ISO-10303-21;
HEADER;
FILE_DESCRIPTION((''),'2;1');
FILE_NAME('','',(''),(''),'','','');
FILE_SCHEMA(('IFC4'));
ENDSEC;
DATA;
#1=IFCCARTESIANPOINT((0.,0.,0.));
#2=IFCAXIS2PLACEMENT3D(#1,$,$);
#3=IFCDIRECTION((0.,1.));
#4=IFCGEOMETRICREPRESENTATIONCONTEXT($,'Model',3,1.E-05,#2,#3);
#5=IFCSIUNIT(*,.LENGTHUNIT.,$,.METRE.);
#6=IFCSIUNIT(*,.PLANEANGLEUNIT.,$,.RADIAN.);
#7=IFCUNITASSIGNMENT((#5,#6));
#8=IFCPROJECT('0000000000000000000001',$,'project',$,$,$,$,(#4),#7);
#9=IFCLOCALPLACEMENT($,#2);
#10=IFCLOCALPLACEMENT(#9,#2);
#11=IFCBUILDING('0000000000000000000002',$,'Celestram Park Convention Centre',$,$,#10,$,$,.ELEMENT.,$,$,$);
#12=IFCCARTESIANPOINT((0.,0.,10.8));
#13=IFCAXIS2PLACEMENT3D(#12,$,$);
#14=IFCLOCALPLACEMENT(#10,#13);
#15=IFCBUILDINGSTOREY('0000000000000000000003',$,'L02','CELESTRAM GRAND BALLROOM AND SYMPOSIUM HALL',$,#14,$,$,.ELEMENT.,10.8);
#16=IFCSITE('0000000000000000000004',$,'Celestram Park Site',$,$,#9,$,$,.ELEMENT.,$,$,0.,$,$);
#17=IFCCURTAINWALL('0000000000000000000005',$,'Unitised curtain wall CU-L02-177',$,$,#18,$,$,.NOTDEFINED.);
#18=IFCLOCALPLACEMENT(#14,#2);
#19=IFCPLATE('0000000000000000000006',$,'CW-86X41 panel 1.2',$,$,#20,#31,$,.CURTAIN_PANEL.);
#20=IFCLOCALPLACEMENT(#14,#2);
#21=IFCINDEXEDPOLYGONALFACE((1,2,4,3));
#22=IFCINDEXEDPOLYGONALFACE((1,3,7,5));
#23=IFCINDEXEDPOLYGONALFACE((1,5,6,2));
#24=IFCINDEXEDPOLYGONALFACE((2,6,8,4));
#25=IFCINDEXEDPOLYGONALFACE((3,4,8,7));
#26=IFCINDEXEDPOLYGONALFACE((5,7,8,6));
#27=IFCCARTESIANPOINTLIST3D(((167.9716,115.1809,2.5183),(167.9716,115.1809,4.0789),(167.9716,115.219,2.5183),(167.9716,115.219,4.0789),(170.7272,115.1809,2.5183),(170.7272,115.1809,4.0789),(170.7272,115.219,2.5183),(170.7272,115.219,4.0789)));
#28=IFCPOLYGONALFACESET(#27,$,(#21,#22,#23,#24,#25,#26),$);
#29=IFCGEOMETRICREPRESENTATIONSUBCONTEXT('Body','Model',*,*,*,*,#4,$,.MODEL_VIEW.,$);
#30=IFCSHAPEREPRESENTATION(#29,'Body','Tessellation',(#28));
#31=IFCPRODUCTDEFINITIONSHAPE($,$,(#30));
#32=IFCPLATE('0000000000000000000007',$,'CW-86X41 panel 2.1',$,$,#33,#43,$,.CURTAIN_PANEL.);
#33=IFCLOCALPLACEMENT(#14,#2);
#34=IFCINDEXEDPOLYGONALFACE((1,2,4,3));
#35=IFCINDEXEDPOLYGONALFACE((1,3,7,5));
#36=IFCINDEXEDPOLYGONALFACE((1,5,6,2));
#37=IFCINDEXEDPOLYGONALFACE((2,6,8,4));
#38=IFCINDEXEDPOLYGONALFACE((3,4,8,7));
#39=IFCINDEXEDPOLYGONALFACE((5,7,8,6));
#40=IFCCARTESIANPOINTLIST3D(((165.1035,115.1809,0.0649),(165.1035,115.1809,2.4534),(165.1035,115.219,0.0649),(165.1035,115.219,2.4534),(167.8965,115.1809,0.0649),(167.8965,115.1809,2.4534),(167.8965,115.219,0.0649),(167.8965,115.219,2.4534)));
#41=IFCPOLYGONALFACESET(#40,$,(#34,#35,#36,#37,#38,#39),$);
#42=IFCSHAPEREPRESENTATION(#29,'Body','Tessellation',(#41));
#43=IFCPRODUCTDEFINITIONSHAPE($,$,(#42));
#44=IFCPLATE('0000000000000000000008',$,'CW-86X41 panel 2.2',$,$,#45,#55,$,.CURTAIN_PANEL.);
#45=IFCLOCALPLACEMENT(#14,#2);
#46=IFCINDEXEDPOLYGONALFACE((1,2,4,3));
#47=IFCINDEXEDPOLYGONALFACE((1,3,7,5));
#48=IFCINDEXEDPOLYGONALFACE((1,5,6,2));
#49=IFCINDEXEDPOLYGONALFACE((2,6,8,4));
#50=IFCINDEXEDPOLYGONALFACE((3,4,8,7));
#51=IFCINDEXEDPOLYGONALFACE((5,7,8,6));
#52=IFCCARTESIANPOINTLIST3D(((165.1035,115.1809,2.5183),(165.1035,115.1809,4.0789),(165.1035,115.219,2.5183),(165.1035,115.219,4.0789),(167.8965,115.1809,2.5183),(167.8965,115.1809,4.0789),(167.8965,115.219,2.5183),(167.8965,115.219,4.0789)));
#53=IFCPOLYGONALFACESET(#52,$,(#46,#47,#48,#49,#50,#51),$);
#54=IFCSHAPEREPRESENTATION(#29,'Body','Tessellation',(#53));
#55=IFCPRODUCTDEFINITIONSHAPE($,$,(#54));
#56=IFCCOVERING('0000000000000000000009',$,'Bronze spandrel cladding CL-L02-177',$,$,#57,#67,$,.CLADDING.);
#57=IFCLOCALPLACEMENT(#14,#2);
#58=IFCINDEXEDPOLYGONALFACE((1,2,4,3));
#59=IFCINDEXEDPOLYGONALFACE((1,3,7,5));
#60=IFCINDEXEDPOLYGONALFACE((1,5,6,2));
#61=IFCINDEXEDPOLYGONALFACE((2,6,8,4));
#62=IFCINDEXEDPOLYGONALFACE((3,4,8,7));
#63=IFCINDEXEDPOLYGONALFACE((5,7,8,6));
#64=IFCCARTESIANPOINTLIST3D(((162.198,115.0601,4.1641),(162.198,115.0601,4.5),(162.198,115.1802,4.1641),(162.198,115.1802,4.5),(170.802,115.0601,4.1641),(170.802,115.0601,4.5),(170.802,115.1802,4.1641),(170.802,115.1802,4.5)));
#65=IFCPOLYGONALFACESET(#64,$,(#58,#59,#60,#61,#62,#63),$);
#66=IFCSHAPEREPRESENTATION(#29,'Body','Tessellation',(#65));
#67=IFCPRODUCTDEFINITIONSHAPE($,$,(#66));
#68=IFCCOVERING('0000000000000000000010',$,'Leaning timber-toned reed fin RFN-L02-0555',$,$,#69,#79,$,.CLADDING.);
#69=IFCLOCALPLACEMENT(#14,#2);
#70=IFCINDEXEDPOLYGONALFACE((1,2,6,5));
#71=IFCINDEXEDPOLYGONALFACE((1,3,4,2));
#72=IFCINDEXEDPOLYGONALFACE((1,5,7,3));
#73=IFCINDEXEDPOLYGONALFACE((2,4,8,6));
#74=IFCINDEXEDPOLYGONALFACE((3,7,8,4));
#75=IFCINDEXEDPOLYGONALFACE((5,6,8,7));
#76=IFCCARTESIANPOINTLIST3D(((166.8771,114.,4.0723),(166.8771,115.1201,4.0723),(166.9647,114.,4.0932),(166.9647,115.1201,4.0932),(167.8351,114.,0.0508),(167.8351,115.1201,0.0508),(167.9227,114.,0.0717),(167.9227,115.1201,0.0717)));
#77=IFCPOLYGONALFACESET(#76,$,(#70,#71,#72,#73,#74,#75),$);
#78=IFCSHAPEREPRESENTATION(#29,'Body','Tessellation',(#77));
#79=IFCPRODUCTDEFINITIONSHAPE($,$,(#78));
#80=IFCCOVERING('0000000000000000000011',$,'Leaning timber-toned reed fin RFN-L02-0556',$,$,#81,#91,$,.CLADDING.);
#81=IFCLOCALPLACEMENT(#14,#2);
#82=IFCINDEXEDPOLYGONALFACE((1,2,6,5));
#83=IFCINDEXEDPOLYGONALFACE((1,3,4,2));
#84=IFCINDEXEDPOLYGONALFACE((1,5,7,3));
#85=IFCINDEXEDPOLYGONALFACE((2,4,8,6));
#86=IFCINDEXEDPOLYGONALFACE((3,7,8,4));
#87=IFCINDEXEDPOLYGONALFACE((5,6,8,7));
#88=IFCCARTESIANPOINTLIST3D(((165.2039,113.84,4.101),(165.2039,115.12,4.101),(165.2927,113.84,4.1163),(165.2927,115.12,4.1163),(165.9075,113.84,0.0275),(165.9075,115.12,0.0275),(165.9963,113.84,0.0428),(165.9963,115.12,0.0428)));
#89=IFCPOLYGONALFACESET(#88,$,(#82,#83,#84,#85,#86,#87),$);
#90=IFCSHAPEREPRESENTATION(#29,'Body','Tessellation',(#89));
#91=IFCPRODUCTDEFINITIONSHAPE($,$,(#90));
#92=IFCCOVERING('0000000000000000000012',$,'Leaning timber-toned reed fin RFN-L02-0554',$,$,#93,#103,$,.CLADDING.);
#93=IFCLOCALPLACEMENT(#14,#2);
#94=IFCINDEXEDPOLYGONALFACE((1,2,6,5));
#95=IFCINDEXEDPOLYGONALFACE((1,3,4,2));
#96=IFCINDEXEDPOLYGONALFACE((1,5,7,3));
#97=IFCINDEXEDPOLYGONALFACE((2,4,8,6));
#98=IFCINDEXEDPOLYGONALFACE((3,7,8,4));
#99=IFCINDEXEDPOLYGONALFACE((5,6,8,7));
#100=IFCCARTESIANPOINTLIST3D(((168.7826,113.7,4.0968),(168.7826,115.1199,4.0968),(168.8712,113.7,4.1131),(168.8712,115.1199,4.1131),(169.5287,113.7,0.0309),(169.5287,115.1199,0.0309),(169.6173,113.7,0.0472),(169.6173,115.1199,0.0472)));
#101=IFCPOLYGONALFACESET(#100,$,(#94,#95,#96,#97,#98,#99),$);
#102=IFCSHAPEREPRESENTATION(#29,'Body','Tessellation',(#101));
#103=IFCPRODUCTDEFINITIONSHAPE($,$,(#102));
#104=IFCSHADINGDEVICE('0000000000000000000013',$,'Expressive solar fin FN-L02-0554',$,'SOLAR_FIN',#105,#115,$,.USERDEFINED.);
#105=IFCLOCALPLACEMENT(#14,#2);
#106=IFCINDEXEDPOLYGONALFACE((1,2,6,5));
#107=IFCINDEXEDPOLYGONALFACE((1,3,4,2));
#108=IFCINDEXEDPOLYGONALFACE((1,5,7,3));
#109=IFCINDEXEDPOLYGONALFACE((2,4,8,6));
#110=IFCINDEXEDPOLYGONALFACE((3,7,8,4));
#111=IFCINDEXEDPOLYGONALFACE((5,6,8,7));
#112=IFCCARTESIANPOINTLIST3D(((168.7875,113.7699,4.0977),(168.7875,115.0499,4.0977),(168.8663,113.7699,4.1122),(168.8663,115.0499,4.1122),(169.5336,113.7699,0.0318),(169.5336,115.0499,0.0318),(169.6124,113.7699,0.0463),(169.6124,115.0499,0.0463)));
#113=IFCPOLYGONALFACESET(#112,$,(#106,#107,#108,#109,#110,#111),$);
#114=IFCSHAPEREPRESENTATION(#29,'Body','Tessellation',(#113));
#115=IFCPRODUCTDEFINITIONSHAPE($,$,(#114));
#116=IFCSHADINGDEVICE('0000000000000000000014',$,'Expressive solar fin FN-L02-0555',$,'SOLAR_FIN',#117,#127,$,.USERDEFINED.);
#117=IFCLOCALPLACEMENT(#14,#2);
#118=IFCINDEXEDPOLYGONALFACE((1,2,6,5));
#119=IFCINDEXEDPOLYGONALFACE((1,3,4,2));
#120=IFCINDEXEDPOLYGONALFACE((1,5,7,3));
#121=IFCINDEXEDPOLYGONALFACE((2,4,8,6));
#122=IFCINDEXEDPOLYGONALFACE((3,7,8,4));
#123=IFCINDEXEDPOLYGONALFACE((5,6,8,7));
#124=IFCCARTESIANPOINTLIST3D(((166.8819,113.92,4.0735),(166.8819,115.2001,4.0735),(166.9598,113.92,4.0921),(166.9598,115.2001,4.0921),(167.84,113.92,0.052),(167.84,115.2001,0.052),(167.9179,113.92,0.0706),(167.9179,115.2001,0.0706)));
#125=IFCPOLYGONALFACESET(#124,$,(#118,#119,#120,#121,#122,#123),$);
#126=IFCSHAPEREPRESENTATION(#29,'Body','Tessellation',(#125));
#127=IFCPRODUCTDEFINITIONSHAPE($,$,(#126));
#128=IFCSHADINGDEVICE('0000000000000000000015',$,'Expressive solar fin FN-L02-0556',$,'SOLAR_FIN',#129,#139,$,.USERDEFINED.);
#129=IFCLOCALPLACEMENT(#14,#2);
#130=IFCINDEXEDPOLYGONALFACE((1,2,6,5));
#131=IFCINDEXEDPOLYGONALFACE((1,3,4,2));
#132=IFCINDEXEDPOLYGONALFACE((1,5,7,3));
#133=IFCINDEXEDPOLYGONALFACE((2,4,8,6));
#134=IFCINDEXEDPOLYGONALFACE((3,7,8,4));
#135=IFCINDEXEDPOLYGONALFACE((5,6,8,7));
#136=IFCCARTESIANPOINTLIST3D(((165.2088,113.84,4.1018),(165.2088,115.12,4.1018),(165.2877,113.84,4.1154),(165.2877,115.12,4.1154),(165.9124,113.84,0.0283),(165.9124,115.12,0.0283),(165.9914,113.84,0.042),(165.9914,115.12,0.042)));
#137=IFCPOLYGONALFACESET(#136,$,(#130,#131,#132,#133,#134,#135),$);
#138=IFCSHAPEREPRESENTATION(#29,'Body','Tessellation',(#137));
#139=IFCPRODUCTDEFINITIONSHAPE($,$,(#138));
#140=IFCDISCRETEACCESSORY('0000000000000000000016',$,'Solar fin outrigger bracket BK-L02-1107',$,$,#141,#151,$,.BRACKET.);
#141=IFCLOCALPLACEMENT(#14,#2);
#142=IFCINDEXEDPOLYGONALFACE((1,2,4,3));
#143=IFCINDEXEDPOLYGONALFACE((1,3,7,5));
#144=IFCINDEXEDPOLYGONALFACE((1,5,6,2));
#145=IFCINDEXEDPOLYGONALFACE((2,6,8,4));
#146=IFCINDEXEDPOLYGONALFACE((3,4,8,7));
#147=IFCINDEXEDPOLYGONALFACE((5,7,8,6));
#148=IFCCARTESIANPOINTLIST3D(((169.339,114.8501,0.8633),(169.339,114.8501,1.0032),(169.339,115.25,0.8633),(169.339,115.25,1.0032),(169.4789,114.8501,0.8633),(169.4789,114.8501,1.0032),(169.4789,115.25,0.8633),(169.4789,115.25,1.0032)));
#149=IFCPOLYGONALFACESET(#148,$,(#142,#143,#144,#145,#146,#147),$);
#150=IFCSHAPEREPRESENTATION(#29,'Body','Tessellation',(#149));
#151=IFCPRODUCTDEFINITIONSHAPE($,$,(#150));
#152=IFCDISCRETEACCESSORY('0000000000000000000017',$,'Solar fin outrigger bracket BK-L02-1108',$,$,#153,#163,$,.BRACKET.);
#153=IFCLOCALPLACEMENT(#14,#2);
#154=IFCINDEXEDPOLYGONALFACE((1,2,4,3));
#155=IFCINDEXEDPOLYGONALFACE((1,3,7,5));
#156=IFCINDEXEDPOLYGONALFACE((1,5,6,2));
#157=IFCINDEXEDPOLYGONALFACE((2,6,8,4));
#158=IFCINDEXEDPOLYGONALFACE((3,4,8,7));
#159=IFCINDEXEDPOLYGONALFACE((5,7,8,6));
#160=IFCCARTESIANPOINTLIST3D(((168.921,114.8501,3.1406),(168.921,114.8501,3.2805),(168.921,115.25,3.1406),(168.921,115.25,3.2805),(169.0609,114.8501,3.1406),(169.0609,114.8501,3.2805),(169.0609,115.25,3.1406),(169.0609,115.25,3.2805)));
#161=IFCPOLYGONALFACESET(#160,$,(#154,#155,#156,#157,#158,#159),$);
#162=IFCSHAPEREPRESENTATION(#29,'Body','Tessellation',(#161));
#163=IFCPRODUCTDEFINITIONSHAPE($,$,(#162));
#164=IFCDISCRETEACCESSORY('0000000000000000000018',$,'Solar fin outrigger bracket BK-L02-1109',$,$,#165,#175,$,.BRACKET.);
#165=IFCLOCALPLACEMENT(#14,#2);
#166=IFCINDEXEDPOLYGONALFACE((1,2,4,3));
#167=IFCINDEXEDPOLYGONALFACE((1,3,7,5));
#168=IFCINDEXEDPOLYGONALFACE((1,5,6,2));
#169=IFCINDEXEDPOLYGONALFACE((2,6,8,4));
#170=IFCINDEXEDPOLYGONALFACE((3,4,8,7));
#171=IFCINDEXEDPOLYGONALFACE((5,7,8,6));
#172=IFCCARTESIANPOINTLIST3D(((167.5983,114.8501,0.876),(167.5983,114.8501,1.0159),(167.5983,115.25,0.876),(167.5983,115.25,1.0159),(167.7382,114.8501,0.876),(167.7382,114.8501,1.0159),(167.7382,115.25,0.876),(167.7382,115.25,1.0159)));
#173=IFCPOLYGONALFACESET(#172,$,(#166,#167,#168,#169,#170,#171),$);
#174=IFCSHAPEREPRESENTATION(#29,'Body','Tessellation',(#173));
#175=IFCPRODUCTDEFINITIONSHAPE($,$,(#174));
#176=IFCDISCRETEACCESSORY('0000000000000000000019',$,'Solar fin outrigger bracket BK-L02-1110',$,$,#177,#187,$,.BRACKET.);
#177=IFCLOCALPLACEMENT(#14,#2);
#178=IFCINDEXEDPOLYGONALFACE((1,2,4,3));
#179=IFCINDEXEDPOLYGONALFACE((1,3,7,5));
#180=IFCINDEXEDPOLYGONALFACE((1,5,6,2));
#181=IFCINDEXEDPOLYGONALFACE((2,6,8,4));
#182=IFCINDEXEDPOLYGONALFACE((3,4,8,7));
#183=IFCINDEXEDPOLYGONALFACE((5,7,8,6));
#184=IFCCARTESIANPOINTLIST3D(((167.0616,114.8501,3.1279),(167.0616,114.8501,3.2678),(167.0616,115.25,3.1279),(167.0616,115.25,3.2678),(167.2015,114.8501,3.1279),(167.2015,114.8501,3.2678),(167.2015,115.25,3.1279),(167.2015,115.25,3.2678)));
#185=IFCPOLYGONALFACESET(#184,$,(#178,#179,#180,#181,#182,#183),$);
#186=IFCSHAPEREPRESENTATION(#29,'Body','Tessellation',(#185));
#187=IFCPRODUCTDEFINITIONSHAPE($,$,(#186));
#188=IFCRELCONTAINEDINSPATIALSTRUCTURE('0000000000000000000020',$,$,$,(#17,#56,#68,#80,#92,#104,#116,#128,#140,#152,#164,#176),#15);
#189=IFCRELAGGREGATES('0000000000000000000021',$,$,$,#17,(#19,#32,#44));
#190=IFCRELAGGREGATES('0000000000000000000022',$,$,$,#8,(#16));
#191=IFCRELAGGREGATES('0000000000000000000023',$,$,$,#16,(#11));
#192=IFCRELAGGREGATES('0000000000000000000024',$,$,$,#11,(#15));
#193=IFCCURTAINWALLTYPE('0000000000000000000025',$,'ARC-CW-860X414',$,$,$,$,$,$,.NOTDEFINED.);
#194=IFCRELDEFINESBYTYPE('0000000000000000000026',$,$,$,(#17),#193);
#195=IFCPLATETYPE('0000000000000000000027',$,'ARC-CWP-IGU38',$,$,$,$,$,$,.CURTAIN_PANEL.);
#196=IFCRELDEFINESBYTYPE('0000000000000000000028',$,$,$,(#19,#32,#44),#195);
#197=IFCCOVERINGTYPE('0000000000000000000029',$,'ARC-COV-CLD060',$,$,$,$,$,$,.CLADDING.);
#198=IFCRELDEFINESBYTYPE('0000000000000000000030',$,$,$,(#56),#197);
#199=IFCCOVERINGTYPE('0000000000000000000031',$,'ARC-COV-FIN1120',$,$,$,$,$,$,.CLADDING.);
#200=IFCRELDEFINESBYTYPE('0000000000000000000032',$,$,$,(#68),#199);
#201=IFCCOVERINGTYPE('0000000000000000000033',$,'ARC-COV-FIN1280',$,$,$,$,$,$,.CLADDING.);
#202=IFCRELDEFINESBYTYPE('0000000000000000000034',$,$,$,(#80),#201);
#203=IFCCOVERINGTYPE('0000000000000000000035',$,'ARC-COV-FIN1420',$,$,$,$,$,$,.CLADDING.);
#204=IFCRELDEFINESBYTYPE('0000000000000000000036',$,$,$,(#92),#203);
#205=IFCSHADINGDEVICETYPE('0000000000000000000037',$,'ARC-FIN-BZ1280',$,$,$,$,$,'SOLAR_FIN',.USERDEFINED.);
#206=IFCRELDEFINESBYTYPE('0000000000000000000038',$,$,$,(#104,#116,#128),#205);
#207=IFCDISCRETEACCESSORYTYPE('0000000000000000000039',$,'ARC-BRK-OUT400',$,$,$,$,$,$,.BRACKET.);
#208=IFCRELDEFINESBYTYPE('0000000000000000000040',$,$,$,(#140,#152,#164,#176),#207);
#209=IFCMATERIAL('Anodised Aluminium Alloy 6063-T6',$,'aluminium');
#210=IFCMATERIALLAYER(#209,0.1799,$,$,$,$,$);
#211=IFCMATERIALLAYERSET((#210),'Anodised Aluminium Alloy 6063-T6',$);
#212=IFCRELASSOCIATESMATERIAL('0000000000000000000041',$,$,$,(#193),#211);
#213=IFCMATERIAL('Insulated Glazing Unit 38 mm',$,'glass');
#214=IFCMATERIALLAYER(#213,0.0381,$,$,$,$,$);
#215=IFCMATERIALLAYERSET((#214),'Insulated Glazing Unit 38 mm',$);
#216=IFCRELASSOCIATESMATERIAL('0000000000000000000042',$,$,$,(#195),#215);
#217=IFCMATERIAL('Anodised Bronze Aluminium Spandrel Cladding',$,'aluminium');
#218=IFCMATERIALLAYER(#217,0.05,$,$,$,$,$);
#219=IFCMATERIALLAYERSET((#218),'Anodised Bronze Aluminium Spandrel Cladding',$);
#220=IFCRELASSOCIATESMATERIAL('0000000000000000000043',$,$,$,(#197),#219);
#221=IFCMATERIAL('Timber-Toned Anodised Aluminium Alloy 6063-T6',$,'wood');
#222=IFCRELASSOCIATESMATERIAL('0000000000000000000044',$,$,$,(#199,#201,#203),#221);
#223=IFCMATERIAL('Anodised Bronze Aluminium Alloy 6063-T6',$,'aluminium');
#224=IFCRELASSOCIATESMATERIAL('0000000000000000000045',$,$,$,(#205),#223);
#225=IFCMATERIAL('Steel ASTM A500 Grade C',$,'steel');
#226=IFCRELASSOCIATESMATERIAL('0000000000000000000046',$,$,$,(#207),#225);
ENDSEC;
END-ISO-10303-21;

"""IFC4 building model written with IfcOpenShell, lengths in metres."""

from ifc_helpers import new_model, si_unit, direction, frame, origin, origin_2d, place, context, subcontext, project, spatial, rectangle, extrude, material, layer, layer_set, material_profile, profile_set, type_object, element, aggregate, save


model = new_model("IFC4")

# Units and contexts
model_context = context("Model", 3, precision=1e-05, world=origin(), true_north=direction((0.0, 1.0)))
body_context = subcontext(model_context, "Body", "Model", "MODEL_VIEW")
ifc_project = project(units=[si_unit("LENGTHUNIT", "METRE"), si_unit("PLANEANGLEUNIT", "RADIAN")], contexts=[model_context])

# Site, building, storey
site_placement = place(None, origin())
site = spatial("IfcSite", under=ifc_project, at=site_placement, Name="Celestram Park Site", CompositionType="ELEMENT", RefElevation=0.0)
building_placement = place(site_placement, origin())
building = spatial("IfcBuilding", under=site, at=building_placement, Name="Celestram Park Convention Centre", CompositionType="ELEMENT")
storey_placement = place(building_placement, frame((0.0, 0.0, 10.8)))
storey = spatial("IfcBuildingStorey", under=building, at=storey_placement, Name="L02", Description="CELESTRAM GRAND BALLROOM AND SYMPOSIUM HALL", CompositionType="ELEMENT", Elevation=10.8)

# Shared definitions
ifc_material_1 = material(Name="Steel ASTM A500 Grade C", Category="steel")

# Shared definitions
ifc_material_2 = material(Name="Anodised Aluminium Alloy 6063-T6", Category="aluminium")
ifc_layer_1 = layer(ifc_material_2, 0.1799)
ifc_layer_set_1 = layer_set([ifc_layer_1], Name="Anodised Aluminium Alloy 6063-T6")
curtain_wall_type = type_object("IfcCurtainWallType", Name="ARC-CW-860X414", PredefinedType="NOTDEFINED", material=ifc_layer_set_1)

# Curtain wall, plates
curtain_wall_1_placement = place(storey_placement, origin())
curtain_wall_1 = element("IfcCurtainWall", 1, at=curtain_wall_1_placement, inside=storey, type_object=curtain_wall_type, Name="Unitised curtain wall CU-L02-177", PredefinedType="NOTDEFINED")
ifc_material_3 = material(Name="Insulated Glazing Unit 38 mm", Category="glass")
ifc_layer_2 = layer(ifc_material_3, 0.0381)
ifc_layer_set_2 = layer_set([ifc_layer_2], Name="Insulated Glazing Unit 38 mm")
plate_type = type_object("IfcPlateType", Name="ARC-CWP-IGU38", PredefinedType="CURTAIN_PANEL", material=ifc_layer_set_2)
plate_1_placement = place(storey_placement, frame((169.3494, 115.2, 2.5183), z_axis=(0.0, 0.0, 1.0), x_axis=(-1.0, 0.0, 0.0)))
plate_1 = element("IfcPlate", 2, at=plate_1_placement, type_object=plate_type, Name="CW-86X41 panel 1.2", PredefinedType="CURTAIN_PANEL", context=body_context, shape_type="SweptSolid", body=[
    extrude(rectangle(XDim=2.7556, YDim=0.0381, at=origin_2d()), origin(), (0.0, 0.0, 1.0), 1.5605),
])
plate_2_placement = place(storey_placement, frame((166.5, 115.2, 0.0649), z_axis=(0.0, 0.0, 1.0), x_axis=(-1.0, 0.0, 0.0)))
plate_2 = element("IfcPlate", 3, at=plate_2_placement, type_object=plate_type, Name="CW-86X41 panel 2.1", PredefinedType="CURTAIN_PANEL", context=body_context, shape_type="SweptSolid", body=[
    extrude(rectangle(XDim=2.793, YDim=0.0381, at=origin_2d()), origin(), (0.0, 0.0, 1.0), 2.3884),
])
plate_3_placement = place(storey_placement, frame((166.5, 115.2, 2.5183), z_axis=(0.0, 0.0, 1.0), x_axis=(-1.0, 0.0, 0.0)))
plate_3 = element("IfcPlate", 4, at=plate_3_placement, type_object=plate_type, Name="CW-86X41 panel 2.2", PredefinedType="CURTAIN_PANEL", context=body_context, shape_type="SweptSolid", body=[
    extrude(rectangle(XDim=2.793, YDim=0.0381, at=origin_2d()), origin(), (0.0, 0.0, 1.0), 1.5605),
])
aggregate(curtain_wall_1, [plate_1, plate_2, plate_3])

# Coverings
ifc_material_4 = material(Name="Anodised Bronze Aluminium Spandrel Cladding", Category="aluminium")
ifc_layer_3 = layer(ifc_material_4, 0.05)
ifc_layer_set_3 = layer_set([ifc_layer_3], Name="Anodised Bronze Aluminium Spandrel Cladding")
covering_type_1 = type_object("IfcCoveringType", Name="ARC-COV-CLD060", PredefinedType="CLADDING", material=ifc_layer_set_3)
covering_1_placement = place(storey_placement, frame((166.5, 115.1201, 4.1641), z_axis=(0.0, 0.0, 1.0), x_axis=(-1.0, 0.0, 0.0)))
element("IfcCovering", 5, at=covering_1_placement, inside=storey, type_object=covering_type_1, Name="Bronze spandrel cladding CL-L02-177", PredefinedType="CLADDING", context=body_context, shape_type="SweptSolid", body=[
    extrude(rectangle(XDim=8.604, YDim=0.1201, at=origin_2d()), origin(), (0.0, 0.0, 1.0), 0.3359),
])
ifc_material_5 = material(Name="Timber-Toned Anodised Aluminium Alloy 6063-T6", Category="wood")
ifc_material_profile_1 = material_profile(ifc_material_5, rectangle(XDim=1.1201, YDim=0.0901, at=origin_2d()), Name="REED1120X90")
ifc_profile_set_1 = profile_set([ifc_material_profile_1], Name="Timber-Toned Anodised Aluminium Alloy 6063-T6")
covering_type_2 = type_object("IfcCoveringType", Name="ARC-COV-FIN1120", PredefinedType="CLADDING", material=ifc_profile_set_1)
covering_2_placement = place(storey_placement, frame((167.8789, 114.5601, 0.0613), z_axis=(-0.231738, 0.0, 0.972778), x_axis=(0.0, -1.0, 0.0)))
element("IfcCovering", 6, at=covering_2_placement, inside=storey, type_object=covering_type_2, Name="Leaning timber-toned reed fin RFN-L02-0555", PredefinedType="CLADDING", context=body_context, shape_type="SweptSolid", body=[
    extrude(rectangle(XDim=1.1201, YDim=0.0901, at=origin_2d()), origin(), (0.0, 0.0, 1.0), 4.134),
])
ifc_material_profile_2 = material_profile(ifc_material_5, rectangle(XDim=1.28, YDim=0.0901, at=origin_2d()), Name="REED1280X90")
ifc_profile_set_2 = profile_set([ifc_material_profile_2], Name="Timber-Toned Anodised Aluminium Alloy 6063-T6")
covering_type_3 = type_object("IfcCoveringType", Name="ARC-COV-FIN1280", PredefinedType="CLADDING", material=ifc_profile_set_2)
covering_3_placement = place(storey_placement, frame((165.9519, 114.48, 0.0352), z_axis=(-0.17021, 0.0, 0.985408), x_axis=(0.0, -1.0, 0.0)))
element("IfcCovering", 7, at=covering_3_placement, inside=storey, type_object=covering_type_3, Name="Leaning timber-toned reed fin RFN-L02-0556", PredefinedType="CLADDING", context=body_context, shape_type="SweptSolid", body=[
    extrude(rectangle(XDim=1.28, YDim=0.0901, at=origin_2d()), origin(), (0.0, 0.0, 1.0), 4.1338),
])
ifc_material_profile_3 = material_profile(ifc_material_5, rectangle(XDim=1.4199, YDim=0.0901, at=origin_2d()), Name="REED1420X90")
ifc_profile_set_3 = profile_set([ifc_material_profile_3], Name="Timber-Toned Anodised Aluminium Alloy 6063-T6")
covering_type_4 = type_object("IfcCoveringType", Name="ARC-COV-FIN1420", PredefinedType="CLADDING", material=ifc_profile_set_3)
covering_4_placement = place(storey_placement, frame((169.573, 114.4099, 0.0391), z_axis=(-0.180486, 0.0, 0.983578), x_axis=(0.0, -1.0, 0.0)))
element("IfcCovering", 8, at=covering_4_placement, inside=storey, type_object=covering_type_4, Name="Leaning timber-toned reed fin RFN-L02-0554", PredefinedType="CLADDING", context=body_context, shape_type="SweptSolid", body=[
    extrude(rectangle(XDim=1.4199, YDim=0.0901, at=origin_2d()), origin(), (0.0, 0.0, 1.0), 4.1338),
])

# Shading devices
ifc_material_6 = material(Name="Anodised Bronze Aluminium Alloy 6063-T6", Category="aluminium")
ifc_material_profile_4 = material_profile(ifc_material_6, rectangle(XDim=1.28, YDim=0.0801, at=origin_2d()), Name="FIN1280X80")
ifc_profile_set_4 = profile_set([ifc_material_profile_4], Name="Anodised Bronze Aluminium Alloy 6063-T6")
shading_device_type = type_object("IfcShadingDeviceType", Name="ARC-FIN-BZ1280", ElementType="SOLAR_FIN", PredefinedType="USERDEFINED", material=ifc_profile_set_4)
shading_device_1_placement = place(storey_placement, frame((169.573, 114.4099, 0.0391), z_axis=(-0.180486, 0.0, 0.983578), x_axis=(0.0, -1.0, 0.0)))
element("IfcShadingDevice", 9, at=shading_device_1_placement, inside=storey, type_object=shading_device_type, Name="Expressive solar fin FN-L02-0554", ObjectType="SOLAR_FIN", PredefinedType="USERDEFINED", context=body_context, shape_type="SweptSolid", body=[
    extrude(rectangle(XDim=1.28, YDim=0.0801, at=origin_2d()), origin(), (0.0, 0.0, 1.0), 4.1338),
])
shading_device_2_placement = place(storey_placement, frame((167.8789, 114.5601, 0.0613), z_axis=(-0.231738, 0.0, 0.972778), x_axis=(0.0, -1.0, 0.0)))
element("IfcShadingDevice", 10, at=shading_device_2_placement, inside=storey, type_object=shading_device_type, Name="Expressive solar fin FN-L02-0555", ObjectType="SOLAR_FIN", PredefinedType="USERDEFINED", context=body_context, shape_type="SweptSolid", body=[
    extrude(rectangle(XDim=1.28, YDim=0.0801, at=origin_2d()), origin(), (0.0, 0.0, 1.0), 4.134),
])
shading_device_3_placement = place(storey_placement, frame((165.9519, 114.48, 0.0352), z_axis=(-0.17021, 0.0, 0.985408), x_axis=(0.0, -1.0, 0.0)))
element("IfcShadingDevice", 11, at=shading_device_3_placement, inside=storey, type_object=shading_device_type, Name="Expressive solar fin FN-L02-0556", ObjectType="SOLAR_FIN", PredefinedType="USERDEFINED", context=body_context, shape_type="SweptSolid", body=[
    extrude(rectangle(XDim=1.28, YDim=0.0801, at=origin_2d()), origin(), (0.0, 0.0, 1.0), 4.1338),
])

# Discrete accessories
discrete_accessory_type = type_object("IfcDiscreteAccessoryType", Name="ARC-BRK-OUT400", PredefinedType="BRACKET", material=ifc_material_1)
for number, where, z_axis, x_axis, name in (
    (12, (169.4089, 115.05, 0.8633), (0.0, 0.0, 1.0), (0.0, -1.0, 0.0), "Solar fin outrigger bracket BK-L02-1107"),
    (13, (168.991, 115.05, 3.1406), (0.0, 0.0, 1.0), (0.0, -1.0, 0.0), "Solar fin outrigger bracket BK-L02-1108"),
    (14, (167.6682, 115.05, 0.876), (0.0, 0.0, 1.0), (0.0, -1.0, 0.0), "Solar fin outrigger bracket BK-L02-1109"),
    (15, (167.1316, 115.05, 3.1279), (0.0, 0.0, 1.0), (0.0, -1.0, 0.0), "Solar fin outrigger bracket BK-L02-1110"),
):
    element("IfcDiscreteAccessory", number, at=place(storey_placement, frame(where, z_axis=z_axis, x_axis=x_axis)), inside=storey, type_object=discrete_accessory_type, Name=name, PredefinedType="BRACKET", context=body_context, shape_type="SweptSolid", body=[
        extrude(rectangle(XDim=0.3999, YDim=0.1399, at=origin_2d()), origin(), (0.0, 0.0, 1.0), 0.1399),
    ])

save(model, "model.ifc")
